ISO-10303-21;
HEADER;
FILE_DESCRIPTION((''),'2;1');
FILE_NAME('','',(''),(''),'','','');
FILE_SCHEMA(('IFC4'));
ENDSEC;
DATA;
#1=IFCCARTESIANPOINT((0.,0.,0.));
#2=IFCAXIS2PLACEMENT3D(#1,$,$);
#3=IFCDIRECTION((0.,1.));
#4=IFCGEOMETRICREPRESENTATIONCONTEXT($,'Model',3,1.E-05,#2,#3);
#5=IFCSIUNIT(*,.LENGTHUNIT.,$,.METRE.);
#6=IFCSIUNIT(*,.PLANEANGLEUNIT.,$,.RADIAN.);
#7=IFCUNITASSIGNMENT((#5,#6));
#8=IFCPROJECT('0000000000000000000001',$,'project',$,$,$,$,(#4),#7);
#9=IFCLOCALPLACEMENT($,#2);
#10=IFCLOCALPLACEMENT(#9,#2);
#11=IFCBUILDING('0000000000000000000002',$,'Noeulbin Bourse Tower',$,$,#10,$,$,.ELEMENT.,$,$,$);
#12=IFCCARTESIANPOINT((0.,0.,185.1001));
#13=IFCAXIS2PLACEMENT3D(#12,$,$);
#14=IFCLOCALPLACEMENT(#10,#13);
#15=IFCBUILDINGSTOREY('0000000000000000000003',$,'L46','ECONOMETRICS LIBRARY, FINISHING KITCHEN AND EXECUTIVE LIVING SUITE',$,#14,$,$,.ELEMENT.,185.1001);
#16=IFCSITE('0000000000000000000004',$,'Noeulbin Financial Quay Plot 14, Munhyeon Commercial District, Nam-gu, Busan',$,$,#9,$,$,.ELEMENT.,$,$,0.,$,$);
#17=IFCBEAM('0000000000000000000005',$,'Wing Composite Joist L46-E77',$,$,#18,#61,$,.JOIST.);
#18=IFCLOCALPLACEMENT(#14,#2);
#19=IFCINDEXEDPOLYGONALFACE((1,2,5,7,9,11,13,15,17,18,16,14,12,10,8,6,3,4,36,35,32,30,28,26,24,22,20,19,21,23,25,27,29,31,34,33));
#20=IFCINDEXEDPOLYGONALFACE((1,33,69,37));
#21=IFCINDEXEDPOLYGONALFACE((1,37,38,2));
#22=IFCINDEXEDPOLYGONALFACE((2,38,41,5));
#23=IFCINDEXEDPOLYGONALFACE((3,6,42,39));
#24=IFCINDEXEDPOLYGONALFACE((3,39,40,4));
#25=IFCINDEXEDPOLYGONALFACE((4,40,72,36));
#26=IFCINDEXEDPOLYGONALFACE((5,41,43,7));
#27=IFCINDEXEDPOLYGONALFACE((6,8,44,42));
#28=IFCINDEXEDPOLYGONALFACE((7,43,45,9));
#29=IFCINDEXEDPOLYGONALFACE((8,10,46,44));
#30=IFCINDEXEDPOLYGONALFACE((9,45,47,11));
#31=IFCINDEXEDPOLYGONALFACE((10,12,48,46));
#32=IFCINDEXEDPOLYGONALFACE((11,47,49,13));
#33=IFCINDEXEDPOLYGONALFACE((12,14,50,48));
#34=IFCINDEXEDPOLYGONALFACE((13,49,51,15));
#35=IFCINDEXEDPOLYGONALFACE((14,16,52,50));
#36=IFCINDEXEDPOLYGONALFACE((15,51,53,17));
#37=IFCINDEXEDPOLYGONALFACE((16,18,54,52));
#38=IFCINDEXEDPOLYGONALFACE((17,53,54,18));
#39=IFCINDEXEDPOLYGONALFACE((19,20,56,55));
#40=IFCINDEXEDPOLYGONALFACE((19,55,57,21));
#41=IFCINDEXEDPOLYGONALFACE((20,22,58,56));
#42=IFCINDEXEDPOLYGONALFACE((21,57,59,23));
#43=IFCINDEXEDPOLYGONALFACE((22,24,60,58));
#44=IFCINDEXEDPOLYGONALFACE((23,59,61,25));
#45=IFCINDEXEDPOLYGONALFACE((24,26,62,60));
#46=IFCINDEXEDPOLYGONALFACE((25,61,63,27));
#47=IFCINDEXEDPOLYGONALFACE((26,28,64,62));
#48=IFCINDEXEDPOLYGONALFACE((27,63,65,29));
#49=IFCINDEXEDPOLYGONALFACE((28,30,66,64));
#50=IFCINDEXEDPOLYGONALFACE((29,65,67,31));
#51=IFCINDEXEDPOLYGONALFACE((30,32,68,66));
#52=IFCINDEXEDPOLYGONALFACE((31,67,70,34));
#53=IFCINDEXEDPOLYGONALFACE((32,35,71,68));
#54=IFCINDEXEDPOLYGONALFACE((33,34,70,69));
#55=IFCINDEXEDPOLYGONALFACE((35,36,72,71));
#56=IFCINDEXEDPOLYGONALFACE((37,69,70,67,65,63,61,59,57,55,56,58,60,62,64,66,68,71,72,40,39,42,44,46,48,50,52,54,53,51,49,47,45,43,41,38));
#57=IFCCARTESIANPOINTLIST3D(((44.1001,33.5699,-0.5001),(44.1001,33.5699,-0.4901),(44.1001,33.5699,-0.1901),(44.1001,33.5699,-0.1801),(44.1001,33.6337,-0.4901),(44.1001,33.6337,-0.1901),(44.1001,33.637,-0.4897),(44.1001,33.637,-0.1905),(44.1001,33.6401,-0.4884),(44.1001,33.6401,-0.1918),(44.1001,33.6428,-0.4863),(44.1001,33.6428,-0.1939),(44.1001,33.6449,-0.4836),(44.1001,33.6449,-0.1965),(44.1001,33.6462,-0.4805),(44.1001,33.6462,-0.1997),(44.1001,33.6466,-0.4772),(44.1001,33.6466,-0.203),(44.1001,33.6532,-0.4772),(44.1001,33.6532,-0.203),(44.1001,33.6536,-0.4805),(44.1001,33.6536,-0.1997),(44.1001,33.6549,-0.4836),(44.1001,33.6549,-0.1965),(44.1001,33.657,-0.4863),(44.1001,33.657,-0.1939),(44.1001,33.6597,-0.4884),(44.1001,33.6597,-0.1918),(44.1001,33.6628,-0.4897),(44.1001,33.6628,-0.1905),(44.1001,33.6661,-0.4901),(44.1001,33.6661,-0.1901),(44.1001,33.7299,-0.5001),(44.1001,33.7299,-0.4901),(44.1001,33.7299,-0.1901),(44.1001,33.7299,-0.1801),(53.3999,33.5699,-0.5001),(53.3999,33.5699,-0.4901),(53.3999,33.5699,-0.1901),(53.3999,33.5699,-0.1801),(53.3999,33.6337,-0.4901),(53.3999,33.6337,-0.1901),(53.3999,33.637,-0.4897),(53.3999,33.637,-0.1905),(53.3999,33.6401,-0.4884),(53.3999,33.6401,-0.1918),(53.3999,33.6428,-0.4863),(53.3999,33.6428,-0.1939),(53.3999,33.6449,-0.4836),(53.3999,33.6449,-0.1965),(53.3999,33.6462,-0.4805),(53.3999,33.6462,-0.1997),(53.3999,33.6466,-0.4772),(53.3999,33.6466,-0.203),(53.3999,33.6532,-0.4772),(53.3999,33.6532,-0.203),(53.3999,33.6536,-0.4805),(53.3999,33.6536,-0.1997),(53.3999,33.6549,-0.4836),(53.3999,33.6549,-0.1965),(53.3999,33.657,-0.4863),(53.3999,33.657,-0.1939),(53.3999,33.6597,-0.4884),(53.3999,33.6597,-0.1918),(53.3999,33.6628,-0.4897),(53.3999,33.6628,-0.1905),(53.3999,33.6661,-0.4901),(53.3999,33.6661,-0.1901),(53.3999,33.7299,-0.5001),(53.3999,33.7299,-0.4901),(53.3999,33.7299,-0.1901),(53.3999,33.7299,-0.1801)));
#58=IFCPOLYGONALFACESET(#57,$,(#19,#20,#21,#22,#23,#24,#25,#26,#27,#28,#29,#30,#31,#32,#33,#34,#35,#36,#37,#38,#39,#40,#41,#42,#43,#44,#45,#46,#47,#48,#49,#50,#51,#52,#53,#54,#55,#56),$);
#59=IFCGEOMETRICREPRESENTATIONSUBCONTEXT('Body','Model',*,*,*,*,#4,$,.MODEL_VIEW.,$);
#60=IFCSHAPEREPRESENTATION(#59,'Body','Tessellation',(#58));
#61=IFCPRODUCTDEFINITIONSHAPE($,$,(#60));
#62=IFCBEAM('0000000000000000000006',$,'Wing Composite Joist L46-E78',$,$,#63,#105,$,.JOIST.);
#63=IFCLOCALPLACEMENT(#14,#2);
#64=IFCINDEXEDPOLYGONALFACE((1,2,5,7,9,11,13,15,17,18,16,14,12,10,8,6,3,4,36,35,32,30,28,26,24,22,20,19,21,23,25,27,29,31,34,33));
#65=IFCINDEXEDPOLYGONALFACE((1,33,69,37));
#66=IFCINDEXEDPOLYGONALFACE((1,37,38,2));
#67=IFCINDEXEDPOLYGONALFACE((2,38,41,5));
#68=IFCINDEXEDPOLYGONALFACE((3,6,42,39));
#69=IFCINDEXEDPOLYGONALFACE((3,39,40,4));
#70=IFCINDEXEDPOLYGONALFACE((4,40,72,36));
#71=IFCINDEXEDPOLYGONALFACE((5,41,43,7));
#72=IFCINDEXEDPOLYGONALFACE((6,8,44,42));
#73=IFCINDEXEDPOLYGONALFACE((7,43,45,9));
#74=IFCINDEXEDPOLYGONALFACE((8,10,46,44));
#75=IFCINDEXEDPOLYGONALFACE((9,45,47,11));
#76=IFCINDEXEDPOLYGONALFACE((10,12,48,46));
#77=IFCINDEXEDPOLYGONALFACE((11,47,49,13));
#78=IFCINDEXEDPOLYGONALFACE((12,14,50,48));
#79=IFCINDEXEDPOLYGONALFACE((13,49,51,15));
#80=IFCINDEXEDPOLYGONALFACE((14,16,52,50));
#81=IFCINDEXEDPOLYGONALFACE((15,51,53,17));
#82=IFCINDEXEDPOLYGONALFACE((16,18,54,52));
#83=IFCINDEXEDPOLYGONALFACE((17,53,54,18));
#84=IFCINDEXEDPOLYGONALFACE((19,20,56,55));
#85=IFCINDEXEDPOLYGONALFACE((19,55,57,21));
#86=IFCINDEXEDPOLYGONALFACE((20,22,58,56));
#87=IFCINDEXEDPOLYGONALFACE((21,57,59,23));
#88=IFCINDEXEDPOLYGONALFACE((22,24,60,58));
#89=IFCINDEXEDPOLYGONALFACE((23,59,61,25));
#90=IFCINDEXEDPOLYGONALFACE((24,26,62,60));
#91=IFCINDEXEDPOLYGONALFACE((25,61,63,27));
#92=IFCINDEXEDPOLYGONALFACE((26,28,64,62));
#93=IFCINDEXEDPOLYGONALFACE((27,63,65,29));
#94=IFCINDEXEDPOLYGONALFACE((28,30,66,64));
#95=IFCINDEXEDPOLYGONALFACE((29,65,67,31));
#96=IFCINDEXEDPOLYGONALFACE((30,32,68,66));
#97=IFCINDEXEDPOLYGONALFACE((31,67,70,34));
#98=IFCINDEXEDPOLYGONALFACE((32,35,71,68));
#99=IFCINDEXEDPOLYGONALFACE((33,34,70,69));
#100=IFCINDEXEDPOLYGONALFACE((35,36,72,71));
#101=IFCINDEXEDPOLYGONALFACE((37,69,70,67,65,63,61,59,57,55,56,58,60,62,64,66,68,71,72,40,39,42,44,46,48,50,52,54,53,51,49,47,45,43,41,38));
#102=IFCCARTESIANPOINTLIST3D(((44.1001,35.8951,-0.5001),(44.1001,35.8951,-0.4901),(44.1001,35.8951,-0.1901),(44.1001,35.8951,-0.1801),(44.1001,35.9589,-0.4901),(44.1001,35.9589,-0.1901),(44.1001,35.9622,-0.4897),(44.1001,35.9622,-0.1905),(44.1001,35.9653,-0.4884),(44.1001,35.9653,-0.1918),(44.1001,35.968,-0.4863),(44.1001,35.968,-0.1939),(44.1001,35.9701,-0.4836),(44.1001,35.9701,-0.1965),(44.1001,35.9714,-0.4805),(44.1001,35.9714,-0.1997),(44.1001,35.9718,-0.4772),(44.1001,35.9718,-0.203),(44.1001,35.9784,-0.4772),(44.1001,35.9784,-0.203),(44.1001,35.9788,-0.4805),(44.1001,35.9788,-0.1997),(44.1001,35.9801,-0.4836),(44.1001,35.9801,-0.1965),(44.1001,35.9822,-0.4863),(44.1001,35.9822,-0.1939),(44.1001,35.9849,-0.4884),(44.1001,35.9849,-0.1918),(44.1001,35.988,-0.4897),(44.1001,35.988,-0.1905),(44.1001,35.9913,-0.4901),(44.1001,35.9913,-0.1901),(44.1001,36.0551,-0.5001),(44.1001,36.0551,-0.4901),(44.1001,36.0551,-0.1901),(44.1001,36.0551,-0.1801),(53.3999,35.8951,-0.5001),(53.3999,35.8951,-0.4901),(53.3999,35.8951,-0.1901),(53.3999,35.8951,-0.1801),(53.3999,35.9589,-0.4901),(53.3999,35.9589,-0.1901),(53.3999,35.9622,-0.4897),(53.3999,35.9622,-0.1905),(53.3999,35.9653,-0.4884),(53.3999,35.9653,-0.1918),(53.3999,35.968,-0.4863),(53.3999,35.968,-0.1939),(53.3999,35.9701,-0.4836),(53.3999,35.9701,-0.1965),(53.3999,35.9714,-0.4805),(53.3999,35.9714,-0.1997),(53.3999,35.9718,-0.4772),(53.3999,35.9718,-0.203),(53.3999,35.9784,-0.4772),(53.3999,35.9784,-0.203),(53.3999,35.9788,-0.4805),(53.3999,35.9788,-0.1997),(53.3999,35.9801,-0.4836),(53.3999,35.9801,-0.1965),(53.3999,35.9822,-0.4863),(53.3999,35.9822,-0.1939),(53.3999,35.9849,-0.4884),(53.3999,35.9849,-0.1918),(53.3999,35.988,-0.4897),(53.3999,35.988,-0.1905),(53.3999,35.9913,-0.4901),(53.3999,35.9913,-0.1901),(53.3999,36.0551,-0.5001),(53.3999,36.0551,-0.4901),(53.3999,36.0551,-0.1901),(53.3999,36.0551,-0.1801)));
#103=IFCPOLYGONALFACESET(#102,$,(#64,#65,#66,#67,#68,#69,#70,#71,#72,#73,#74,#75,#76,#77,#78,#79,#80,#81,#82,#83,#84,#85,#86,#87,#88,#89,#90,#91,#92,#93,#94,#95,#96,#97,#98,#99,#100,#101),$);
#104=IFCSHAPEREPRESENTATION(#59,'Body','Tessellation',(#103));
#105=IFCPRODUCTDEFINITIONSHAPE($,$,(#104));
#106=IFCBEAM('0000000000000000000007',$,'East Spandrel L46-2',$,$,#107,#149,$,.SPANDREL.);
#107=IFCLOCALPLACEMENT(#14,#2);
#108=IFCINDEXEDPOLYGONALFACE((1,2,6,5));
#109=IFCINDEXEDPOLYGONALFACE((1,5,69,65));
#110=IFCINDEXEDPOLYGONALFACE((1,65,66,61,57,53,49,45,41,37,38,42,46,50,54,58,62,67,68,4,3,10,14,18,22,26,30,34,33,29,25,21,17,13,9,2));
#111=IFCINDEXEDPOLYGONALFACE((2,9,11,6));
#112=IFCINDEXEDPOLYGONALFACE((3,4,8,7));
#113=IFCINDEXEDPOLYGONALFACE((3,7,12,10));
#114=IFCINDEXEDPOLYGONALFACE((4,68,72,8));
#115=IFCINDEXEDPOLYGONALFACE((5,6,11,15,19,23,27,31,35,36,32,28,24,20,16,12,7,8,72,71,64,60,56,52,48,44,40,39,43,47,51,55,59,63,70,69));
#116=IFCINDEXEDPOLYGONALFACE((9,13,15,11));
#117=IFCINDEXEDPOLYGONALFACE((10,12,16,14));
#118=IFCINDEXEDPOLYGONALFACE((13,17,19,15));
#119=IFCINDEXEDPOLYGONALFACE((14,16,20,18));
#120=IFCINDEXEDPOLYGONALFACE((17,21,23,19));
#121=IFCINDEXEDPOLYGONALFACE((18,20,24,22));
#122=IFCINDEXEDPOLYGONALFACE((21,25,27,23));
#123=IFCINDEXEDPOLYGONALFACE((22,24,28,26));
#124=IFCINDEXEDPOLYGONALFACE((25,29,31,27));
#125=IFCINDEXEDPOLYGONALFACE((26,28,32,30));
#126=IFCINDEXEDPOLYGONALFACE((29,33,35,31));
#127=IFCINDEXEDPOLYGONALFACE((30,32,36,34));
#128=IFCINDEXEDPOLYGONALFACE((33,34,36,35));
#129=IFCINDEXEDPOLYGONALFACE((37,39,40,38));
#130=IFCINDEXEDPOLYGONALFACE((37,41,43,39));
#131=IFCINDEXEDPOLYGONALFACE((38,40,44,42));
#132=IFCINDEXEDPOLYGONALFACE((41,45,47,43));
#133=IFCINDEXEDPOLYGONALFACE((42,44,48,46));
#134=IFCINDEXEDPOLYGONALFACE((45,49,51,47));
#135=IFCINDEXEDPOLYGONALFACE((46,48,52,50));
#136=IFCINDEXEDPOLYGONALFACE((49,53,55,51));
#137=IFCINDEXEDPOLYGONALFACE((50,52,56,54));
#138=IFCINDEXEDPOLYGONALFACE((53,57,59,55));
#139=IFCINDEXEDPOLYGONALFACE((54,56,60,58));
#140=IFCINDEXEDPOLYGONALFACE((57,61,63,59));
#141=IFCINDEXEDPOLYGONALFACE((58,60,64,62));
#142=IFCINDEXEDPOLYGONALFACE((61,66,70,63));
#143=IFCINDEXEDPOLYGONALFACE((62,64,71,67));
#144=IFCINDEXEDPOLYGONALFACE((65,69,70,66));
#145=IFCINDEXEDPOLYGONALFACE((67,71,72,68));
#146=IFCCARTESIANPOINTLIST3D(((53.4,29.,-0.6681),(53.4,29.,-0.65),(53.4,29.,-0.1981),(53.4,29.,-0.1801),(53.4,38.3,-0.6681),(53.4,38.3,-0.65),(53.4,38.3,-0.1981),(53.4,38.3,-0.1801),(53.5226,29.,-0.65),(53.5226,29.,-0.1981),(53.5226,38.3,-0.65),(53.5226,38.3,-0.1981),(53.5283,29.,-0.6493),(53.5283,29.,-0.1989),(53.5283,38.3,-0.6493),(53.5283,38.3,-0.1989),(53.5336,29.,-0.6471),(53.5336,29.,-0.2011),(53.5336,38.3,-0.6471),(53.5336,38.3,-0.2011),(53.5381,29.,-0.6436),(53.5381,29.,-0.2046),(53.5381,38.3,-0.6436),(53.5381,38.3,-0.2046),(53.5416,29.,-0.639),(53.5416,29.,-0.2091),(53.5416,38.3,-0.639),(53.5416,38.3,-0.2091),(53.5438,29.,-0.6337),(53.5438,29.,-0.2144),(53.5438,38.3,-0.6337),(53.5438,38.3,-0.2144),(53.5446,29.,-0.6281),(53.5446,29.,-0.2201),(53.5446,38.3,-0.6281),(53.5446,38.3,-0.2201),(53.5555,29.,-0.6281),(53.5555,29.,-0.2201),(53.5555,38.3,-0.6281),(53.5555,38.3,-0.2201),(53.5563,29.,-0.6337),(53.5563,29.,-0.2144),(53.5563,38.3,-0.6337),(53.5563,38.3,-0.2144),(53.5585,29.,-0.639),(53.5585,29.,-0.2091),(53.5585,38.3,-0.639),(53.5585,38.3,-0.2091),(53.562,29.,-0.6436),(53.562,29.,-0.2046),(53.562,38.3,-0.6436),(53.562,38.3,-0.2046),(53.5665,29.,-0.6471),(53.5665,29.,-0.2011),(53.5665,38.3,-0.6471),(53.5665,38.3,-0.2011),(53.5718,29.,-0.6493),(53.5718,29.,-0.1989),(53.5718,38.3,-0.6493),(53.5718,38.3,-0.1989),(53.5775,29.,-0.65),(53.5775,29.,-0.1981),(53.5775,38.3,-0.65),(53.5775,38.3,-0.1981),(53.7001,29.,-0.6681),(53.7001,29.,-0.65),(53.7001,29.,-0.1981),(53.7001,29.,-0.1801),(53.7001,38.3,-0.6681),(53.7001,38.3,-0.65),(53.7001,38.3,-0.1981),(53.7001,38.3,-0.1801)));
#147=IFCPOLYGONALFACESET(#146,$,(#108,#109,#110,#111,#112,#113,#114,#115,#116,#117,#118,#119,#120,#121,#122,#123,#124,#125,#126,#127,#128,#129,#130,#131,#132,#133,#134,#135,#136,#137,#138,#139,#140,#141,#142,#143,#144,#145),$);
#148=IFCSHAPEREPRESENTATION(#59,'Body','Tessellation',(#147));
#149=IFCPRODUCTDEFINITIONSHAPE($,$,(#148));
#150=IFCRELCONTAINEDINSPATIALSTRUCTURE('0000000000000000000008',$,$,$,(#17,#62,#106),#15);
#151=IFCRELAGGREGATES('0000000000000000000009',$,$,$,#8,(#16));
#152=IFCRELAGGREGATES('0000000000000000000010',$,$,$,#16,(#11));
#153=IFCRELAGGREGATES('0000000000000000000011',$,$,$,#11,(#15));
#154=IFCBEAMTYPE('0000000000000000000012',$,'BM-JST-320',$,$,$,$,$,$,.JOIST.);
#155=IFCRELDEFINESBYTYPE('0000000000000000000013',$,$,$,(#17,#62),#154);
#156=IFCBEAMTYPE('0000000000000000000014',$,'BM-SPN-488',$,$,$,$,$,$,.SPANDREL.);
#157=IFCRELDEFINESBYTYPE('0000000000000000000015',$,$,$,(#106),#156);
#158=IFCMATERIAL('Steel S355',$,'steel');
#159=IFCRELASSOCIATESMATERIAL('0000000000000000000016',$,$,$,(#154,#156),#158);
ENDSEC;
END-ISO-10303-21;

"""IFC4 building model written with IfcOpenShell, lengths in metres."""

from ifc_helpers import new_model, si_unit, direction, frame, origin, origin_2d, place, context, subcontext, project, spatial, i_section, extrude, material, material_profile, profile_set, type_object, element, save


model = new_model("IFC4")

# Units and contexts
model_context = context("Model", 3, precision=1e-05, world=origin(), true_north=direction((0.0, 1.0)))
body_context = subcontext(model_context, "Body", "Model", "MODEL_VIEW")
ifc_project = project(units=[si_unit("LENGTHUNIT", "METRE"), si_unit("PLANEANGLEUNIT", "RADIAN")], contexts=[model_context])

# Site, building, storey
site_placement = place(None, origin())
site = spatial("IfcSite", under=ifc_project, at=site_placement, Name="Noeulbin Financial Quay Plot 14, Munhyeon Commercial District, Nam-gu, Busan", CompositionType="ELEMENT", RefElevation=0.0)
building_placement = place(site_placement, origin())
building = spatial("IfcBuilding", under=site, at=building_placement, Name="Noeulbin Bourse Tower", CompositionType="ELEMENT")
storey_placement = place(building_placement, frame((0.0, 0.0, 185.1001)))
storey = spatial("IfcBuildingStorey", under=building, at=storey_placement, Name="L46", Description="ECONOMETRICS LIBRARY, FINISHING KITCHEN AND EXECUTIVE LIVING SUITE", CompositionType="ELEMENT", Elevation=185.1001)

# Beams
ifc_material_1 = material(Name="Steel S355", Category="steel")
ifc_material_profile_1 = material_profile(ifc_material_1, i_section(OverallWidth=0.1599, OverallDepth=0.3201, WebThickness=0.0066, FlangeThickness=0.01, FilletRadius=0.0129, at=origin_2d()), Name="H-320x160x6.5x10", Category="LoadBearing")
ifc_profile_set_1 = profile_set([ifc_material_profile_1], Name="Steel S355")
beam_type_1 = type_object("IfcBeamType", Name="BM-JST-320", PredefinedType="JOIST", material=ifc_profile_set_1)
for number, where, z_axis, x_axis, name in (
    (1, (44.1001, 33.6499, -0.3401), (1.0, 0.0, 0.0), (0.0, 1.0, 0.0), "Wing Composite Joist L46-E77"),
    (2, (44.1001, 35.9751, -0.3401), (1.0, 0.0, 0.0), (0.0, 1.0, 0.0), "Wing Composite Joist L46-E78"),
):
    element("IfcBeam", number, at=place(storey_placement, frame(where, z_axis=z_axis, x_axis=x_axis)), inside=storey, type_object=beam_type_1, Name=name, PredefinedType="JOIST", context=body_context, shape_type="SweptSolid", body=[
        extrude(i_section(OverallWidth=0.1599, OverallDepth=0.3201, WebThickness=0.0066, FlangeThickness=0.01, FilletRadius=0.0129, at=origin_2d()), origin(), (0.0, 0.0, 1.0), 9.2998),
    ])
ifc_material_profile_2 = material_profile(ifc_material_1, i_section(OverallWidth=0.3, OverallDepth=0.488, WebThickness=0.011, FlangeThickness=0.0181, FilletRadius=0.022, at=origin_2d()), Name="H-488x300x11x18", Category="LoadBearing")
ifc_profile_set_2 = profile_set([ifc_material_profile_2], Name="Steel S355")
beam_type_2 = type_object("IfcBeamType", Name="BM-SPN-488", PredefinedType="SPANDREL", material=ifc_profile_set_2)
beam_1_placement = place(storey_placement, frame((53.55, 29.0, -0.4241), z_axis=(0.0, 1.0, 0.0), x_axis=(-1.0, 0.0, 0.0)))
element("IfcBeam", 3, at=beam_1_placement, inside=storey, type_object=beam_type_2, Name="East Spandrel L46-2", PredefinedType="SPANDREL", context=body_context, shape_type="SweptSolid", body=[
    extrude(i_section(OverallWidth=0.3, OverallDepth=0.488, WebThickness=0.011, FlangeThickness=0.0181, FilletRadius=0.022, at=origin_2d()), origin(), (0.0, 0.0, 1.0), 9.3),
])

save(model, "model.ifc")
